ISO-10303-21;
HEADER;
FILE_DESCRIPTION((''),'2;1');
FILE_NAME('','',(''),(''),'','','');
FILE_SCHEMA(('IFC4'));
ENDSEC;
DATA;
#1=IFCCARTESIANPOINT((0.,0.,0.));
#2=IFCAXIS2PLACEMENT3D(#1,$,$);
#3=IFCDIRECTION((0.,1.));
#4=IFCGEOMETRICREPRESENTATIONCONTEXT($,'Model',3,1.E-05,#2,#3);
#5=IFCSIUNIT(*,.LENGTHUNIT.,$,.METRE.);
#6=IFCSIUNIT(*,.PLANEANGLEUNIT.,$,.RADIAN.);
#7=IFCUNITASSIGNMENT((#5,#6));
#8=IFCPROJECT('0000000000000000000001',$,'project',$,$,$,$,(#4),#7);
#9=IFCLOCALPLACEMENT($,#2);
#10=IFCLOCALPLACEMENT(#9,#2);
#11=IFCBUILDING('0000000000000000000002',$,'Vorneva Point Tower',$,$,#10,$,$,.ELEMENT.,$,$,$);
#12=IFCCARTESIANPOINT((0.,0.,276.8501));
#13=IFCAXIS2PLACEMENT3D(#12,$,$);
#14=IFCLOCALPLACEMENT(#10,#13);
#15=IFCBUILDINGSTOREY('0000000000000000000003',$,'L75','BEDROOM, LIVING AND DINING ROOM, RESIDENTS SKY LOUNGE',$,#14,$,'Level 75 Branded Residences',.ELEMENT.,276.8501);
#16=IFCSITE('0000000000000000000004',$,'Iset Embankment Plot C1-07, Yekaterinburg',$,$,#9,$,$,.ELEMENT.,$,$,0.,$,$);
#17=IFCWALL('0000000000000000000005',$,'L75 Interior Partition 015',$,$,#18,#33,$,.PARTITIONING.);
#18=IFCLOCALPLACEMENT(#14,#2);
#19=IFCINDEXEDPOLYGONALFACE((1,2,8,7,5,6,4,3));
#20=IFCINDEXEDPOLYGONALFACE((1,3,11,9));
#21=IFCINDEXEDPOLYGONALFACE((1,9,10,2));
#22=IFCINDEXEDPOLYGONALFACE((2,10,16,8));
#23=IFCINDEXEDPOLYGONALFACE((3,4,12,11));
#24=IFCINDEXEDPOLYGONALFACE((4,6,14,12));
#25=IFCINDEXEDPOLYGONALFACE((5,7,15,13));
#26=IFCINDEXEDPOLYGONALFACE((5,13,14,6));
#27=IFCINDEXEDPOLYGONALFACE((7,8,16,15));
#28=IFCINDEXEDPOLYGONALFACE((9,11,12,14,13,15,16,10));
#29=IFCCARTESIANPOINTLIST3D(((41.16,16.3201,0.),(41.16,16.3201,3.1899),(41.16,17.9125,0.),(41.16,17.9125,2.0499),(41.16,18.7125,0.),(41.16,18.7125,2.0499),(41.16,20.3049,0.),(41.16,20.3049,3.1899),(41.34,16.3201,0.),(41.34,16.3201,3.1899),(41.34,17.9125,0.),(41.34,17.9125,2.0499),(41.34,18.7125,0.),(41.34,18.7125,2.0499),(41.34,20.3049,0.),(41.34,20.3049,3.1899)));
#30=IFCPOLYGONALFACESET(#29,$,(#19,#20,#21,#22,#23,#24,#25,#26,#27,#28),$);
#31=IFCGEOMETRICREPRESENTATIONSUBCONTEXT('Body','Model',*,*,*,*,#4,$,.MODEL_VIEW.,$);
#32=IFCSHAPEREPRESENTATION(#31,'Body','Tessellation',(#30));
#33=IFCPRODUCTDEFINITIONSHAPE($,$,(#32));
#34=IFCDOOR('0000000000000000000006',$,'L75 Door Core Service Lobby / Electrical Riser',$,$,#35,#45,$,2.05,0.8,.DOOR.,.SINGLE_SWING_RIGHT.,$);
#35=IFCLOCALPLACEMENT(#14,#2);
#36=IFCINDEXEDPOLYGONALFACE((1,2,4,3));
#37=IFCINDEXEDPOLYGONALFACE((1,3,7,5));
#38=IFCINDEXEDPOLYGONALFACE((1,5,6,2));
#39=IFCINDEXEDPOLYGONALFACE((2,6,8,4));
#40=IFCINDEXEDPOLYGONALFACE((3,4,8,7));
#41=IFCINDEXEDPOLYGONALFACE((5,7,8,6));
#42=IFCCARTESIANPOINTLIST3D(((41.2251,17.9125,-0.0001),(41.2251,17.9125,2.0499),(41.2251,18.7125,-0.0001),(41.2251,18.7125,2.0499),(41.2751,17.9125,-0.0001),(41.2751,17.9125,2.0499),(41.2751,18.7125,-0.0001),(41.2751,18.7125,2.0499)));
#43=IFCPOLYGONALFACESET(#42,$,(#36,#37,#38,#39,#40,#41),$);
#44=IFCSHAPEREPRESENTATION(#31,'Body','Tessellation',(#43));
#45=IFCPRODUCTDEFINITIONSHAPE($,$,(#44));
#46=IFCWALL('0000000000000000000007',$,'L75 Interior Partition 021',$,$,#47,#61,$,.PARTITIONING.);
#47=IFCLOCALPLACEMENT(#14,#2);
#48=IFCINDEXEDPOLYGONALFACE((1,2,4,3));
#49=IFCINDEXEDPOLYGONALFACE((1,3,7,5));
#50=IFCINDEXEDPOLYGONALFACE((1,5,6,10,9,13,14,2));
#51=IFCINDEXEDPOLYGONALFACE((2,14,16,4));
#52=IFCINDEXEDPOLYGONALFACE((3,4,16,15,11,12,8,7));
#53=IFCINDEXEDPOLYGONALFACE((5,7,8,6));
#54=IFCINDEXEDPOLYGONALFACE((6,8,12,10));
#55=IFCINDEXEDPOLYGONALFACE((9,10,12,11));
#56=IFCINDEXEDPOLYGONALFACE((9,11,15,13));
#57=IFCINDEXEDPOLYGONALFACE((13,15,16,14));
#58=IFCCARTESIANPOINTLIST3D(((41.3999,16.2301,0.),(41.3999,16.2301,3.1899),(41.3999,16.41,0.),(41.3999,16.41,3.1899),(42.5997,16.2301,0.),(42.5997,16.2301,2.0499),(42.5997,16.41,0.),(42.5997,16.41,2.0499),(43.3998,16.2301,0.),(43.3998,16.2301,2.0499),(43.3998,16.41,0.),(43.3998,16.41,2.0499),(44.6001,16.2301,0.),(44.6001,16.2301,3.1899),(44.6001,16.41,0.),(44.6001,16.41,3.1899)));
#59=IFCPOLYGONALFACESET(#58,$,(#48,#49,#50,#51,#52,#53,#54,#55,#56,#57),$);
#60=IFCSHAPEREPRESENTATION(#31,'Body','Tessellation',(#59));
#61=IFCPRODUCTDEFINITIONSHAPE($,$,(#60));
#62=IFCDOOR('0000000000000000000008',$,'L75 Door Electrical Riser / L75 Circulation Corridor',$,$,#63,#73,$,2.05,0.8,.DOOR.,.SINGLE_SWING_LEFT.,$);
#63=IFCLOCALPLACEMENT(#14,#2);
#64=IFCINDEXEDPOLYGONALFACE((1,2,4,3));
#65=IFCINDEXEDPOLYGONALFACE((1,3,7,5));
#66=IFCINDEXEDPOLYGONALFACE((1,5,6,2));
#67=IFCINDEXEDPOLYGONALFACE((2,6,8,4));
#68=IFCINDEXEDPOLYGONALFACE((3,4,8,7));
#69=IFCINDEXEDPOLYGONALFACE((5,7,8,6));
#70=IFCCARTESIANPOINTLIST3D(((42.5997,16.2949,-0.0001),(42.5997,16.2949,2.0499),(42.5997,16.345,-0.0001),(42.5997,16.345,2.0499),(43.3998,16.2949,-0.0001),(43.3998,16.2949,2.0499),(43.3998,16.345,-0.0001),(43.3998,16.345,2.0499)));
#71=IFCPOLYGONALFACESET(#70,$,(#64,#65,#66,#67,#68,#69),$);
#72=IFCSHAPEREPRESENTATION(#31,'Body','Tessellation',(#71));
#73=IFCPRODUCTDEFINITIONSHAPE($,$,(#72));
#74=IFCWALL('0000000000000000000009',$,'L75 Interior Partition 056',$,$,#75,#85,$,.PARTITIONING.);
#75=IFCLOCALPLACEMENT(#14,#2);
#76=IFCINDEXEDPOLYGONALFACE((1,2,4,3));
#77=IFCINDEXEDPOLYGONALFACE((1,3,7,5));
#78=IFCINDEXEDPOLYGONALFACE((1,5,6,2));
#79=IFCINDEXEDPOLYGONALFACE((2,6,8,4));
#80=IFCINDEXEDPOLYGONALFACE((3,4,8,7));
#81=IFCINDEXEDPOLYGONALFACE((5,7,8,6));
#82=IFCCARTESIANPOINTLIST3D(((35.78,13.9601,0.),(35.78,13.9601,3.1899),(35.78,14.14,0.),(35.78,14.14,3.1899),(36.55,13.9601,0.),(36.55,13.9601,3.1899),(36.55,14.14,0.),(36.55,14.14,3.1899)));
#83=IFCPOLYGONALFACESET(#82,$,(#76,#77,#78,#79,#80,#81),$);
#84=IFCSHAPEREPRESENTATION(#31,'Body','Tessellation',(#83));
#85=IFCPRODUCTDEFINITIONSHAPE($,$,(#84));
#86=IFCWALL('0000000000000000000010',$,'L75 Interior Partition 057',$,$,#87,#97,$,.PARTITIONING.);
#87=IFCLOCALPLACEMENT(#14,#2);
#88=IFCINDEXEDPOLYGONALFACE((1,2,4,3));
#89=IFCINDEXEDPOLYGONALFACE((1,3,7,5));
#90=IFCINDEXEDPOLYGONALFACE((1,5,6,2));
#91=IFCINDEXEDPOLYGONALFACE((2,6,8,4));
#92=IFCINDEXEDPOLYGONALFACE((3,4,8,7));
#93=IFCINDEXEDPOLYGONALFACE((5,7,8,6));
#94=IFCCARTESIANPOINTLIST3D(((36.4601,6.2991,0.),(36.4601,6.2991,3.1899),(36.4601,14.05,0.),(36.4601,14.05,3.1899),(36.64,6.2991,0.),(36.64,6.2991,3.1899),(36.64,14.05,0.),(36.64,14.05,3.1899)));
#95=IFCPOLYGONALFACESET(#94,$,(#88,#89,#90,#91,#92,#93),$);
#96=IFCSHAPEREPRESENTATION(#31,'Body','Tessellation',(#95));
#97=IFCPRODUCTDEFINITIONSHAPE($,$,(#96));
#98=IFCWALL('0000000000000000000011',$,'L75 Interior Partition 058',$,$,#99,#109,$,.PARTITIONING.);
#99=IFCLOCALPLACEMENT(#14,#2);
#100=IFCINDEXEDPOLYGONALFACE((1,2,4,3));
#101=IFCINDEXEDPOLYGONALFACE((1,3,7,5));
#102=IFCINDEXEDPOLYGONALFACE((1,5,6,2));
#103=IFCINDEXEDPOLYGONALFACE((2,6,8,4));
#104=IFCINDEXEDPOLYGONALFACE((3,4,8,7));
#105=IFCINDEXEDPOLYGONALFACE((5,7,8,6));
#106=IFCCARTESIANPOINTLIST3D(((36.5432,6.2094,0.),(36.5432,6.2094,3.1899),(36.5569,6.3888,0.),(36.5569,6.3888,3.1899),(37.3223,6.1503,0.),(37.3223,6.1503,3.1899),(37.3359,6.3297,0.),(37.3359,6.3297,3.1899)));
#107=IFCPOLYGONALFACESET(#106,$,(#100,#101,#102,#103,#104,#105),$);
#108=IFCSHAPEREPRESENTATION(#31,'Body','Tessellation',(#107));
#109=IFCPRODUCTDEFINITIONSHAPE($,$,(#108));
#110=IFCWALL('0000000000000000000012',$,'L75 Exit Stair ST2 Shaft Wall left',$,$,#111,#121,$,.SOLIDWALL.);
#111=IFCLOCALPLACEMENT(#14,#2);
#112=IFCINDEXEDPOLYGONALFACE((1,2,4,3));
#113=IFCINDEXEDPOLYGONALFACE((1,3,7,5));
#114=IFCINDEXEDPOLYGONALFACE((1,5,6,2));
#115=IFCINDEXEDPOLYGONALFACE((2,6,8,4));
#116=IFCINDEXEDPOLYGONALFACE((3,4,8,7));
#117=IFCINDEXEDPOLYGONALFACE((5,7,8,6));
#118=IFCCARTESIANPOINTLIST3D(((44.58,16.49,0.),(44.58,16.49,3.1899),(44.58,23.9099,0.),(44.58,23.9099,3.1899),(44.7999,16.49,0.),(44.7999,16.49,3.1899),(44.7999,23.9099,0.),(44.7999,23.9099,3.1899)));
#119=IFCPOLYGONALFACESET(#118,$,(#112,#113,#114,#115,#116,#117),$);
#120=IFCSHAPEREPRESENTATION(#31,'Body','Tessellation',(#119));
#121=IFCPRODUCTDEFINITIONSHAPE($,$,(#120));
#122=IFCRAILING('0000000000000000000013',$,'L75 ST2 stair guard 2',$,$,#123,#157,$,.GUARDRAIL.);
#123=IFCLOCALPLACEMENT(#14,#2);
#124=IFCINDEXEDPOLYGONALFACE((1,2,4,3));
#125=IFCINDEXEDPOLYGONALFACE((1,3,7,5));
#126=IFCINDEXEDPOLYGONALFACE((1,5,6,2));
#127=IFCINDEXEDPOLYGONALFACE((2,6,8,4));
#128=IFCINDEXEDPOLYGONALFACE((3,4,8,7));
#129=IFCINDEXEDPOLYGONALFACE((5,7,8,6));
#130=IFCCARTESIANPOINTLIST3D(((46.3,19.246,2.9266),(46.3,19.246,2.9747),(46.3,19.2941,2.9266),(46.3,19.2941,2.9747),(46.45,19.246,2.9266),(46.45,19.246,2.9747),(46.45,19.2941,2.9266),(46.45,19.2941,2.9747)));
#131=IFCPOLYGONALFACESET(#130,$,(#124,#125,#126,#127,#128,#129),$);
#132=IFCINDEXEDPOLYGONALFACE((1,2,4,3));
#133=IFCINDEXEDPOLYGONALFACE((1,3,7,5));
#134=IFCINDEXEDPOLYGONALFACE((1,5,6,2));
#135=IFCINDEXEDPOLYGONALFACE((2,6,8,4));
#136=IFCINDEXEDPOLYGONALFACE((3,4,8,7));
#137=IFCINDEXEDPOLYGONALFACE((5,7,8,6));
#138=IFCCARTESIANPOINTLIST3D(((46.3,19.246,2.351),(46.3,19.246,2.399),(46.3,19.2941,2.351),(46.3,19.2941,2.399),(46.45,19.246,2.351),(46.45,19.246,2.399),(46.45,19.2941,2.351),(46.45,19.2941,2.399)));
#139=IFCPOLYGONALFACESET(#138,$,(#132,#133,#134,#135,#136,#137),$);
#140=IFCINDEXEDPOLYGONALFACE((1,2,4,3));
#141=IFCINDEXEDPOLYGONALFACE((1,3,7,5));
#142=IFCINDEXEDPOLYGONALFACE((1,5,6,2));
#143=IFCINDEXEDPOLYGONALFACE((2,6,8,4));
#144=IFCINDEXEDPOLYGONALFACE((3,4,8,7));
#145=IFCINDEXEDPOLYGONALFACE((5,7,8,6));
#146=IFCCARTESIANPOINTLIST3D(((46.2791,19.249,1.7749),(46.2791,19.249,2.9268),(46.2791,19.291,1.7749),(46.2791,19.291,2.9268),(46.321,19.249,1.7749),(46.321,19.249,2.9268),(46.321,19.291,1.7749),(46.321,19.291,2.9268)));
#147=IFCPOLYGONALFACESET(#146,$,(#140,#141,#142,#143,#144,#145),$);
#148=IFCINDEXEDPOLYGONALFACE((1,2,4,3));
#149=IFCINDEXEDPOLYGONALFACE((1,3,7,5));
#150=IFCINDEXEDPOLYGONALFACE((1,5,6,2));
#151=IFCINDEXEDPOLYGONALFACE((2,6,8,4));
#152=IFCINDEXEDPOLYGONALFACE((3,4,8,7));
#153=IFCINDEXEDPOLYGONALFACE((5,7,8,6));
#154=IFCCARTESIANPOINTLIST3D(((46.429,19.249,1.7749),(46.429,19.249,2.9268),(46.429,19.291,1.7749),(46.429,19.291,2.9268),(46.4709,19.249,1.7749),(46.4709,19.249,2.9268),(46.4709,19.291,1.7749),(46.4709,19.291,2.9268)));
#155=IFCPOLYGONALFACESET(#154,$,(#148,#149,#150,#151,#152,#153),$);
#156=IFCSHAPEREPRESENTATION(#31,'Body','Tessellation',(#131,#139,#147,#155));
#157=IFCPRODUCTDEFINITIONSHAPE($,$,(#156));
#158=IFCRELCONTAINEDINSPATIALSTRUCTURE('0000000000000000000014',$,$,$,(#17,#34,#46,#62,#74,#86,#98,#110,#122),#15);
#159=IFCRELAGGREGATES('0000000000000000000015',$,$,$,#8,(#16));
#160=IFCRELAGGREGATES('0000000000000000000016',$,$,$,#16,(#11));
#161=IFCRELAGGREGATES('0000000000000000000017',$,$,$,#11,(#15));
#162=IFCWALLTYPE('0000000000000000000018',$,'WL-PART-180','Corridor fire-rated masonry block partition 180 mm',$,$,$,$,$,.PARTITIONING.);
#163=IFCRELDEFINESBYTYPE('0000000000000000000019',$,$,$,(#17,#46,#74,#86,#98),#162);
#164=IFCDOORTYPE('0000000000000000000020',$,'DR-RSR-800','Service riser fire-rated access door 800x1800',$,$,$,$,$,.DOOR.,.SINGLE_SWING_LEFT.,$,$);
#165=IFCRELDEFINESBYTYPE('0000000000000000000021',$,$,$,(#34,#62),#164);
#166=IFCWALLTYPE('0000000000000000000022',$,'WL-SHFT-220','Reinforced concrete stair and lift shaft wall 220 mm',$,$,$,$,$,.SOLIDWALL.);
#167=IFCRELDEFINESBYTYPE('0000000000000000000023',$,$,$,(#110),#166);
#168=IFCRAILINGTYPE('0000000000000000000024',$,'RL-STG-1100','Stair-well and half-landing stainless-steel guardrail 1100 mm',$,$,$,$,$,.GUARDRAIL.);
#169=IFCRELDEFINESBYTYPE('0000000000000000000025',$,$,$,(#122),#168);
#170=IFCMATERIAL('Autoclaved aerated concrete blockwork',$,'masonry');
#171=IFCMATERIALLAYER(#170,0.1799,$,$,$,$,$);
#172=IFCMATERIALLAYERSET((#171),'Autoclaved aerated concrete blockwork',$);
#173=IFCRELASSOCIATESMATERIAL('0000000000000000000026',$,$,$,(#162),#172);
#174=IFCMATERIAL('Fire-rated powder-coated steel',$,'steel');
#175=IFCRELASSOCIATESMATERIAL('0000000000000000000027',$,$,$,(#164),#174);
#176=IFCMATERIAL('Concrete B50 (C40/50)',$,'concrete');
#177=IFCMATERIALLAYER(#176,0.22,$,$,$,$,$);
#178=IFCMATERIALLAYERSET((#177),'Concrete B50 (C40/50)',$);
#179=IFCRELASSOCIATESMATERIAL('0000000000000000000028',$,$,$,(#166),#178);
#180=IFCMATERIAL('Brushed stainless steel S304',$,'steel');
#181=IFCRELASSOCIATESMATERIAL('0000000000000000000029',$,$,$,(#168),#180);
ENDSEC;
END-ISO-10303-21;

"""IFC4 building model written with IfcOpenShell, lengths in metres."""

from ifc_helpers import new_model, si_unit, direction, frame, frame_2d, origin, origin_2d, place, context, subcontext, project, spatial, rectangle, extrude, material, layer, layer_set, type_object, element, fill, save


model = new_model("IFC4")

# Units and contexts
model_context = context("Model", 3, precision=1e-05, world=origin(), true_north=direction((0.0, 1.0)))
body_context = subcontext(model_context, "Body", "Model", "MODEL_VIEW")
ifc_project = project(units=[si_unit("LENGTHUNIT", "METRE"), si_unit("PLANEANGLEUNIT", "RADIAN")], contexts=[model_context])

# Site, building, storey
site_placement = place(None, origin())
site = spatial("IfcSite", under=ifc_project, at=site_placement, Name="Iset Embankment Plot C1-07, Yekaterinburg", CompositionType="ELEMENT", RefElevation=0.0)
building_placement = place(site_placement, origin())
building = spatial("IfcBuilding", under=site, at=building_placement, Name="Vorneva Point Tower", CompositionType="ELEMENT")
storey_placement = place(building_placement, frame((0.0, 0.0, 276.8501)))
storey = spatial("IfcBuildingStorey", under=building, at=storey_placement, Name="L75", Description="BEDROOM, LIVING AND DINING ROOM, RESIDENTS SKY LOUNGE", LongName="Level 75 Branded Residences", CompositionType="ELEMENT", Elevation=276.8501)

# Shared definitions
ifc_material_1 = material(Name="Concrete B50 (C40/50)", Category="concrete")

# Walls, openings, doors
ifc_material_2 = material(Name="Autoclaved aerated concrete blockwork", Category="masonry")
ifc_layer_1 = layer(ifc_material_2, 0.1799)
ifc_layer_set_1 = layer_set([ifc_layer_1], Name="Autoclaved aerated concrete blockwork")
wall_type_1 = type_object("IfcWallType", Name="WL-PART-180", Description="Corridor fire-rated masonry block partition 180 mm", PredefinedType="PARTITIONING", material=ifc_layer_set_1)
wall_1_placement = place(storey_placement, frame((41.25, 16.3201, 0.0), z_axis=(0.0, 0.0, 1.0), x_axis=(0.0, 1.0, 0.0)))
wall_1 = element("IfcWall", 1, at=wall_1_placement, inside=storey, type_object=wall_type_1, Name="L75 Interior Partition 015", PredefinedType="PARTITIONING", context=body_context, shape_type="SweptSolid", body=[
    extrude(rectangle(XDim=3.9849, YDim=0.1799, at=frame_2d((1.9924, 0.0))), origin(), (0.0, 0.0, 1.0), 3.1899),
])
opening_1_placement = place(wall_1_placement, frame((1.5925, 0.0, 0.0)))
opening_1 = element("IfcOpeningElement", 2, at=opening_1_placement, cuts=wall_1, PredefinedType="OPENING", context=body_context, shape_type="SweptSolid", body=[
    extrude(rectangle(XDim=0.8, YDim=2.05, at=frame_2d((0.3999, 1.0249))), frame((0.0, 0.105, 0.0), z_axis=(0.0, -1.0, 0.0), x_axis=(1.0, 0.0, 0.0)), (0.0, 0.0, 1.0), 0.2097),
])
ifc_material_3 = material(Name="Fire-rated powder-coated steel", Category="steel")
door_type_1 = type_object("IfcDoorType", Name="DR-RSR-800", Description="Service riser fire-rated access door 800x1800", OperationType="SINGLE_SWING_LEFT", PredefinedType="DOOR", material=ifc_material_3)
door_1_placement = place(opening_1_placement, origin())
door_1 = element("IfcDoor", 3, at=door_1_placement, inside=storey, type_object=door_type_1, Name="L75 Door Core Service Lobby / Electrical Riser", OperationType="SINGLE_SWING_RIGHT", OverallHeight=2.05, OverallWidth=0.8, PredefinedType="DOOR", context=body_context, shape_type="SweptSolid", body=[
    extrude(rectangle(XDim=0.8, YDim=2.05, at=frame_2d((0.3999, 1.0249))), frame((0.0, 0.0249, 0.0), z_axis=(0.0, -1.0, 0.0), x_axis=(1.0, 0.0, 0.0)), (0.0, 0.0, 1.0), 0.05),
])
fill(opening_1, door_1)
wall_2_placement = place(storey_placement, frame((41.3999, 16.3201, 0.0), z_axis=(0.0, 0.0, 1.0), x_axis=(1.0, 0.0, 0.0)))
wall_2 = element("IfcWall", 4, at=wall_2_placement, inside=storey, type_object=wall_type_1, Name="L75 Interior Partition 021", PredefinedType="PARTITIONING", context=body_context, shape_type="SweptSolid", body=[
    extrude(rectangle(XDim=3.2002, YDim=0.1799, at=frame_2d((1.6001, 0.0))), origin(), (0.0, 0.0, 1.0), 3.1899),
])
opening_2_placement = place(wall_2_placement, frame((1.2, 0.0, 0.0)))
opening_2 = element("IfcOpeningElement", 5, at=opening_2_placement, cuts=wall_2, PredefinedType="OPENING", context=body_context, shape_type="SweptSolid", body=[
    extrude(rectangle(XDim=0.8, YDim=2.05, at=frame_2d((0.3999, 1.0249))), frame((0.0, 0.105, 0.0), z_axis=(0.0, -1.0, 0.0), x_axis=(1.0, 0.0, 0.0)), (0.0, 0.0, 1.0), 0.2097),
])
door_2_placement = place(opening_2_placement, origin())
door_2 = element("IfcDoor", 6, at=door_2_placement, inside=storey, type_object=door_type_1, Name="L75 Door Electrical Riser / L75 Circulation Corridor", OperationType="SINGLE_SWING_LEFT", OverallHeight=2.05, OverallWidth=0.8, PredefinedType="DOOR", context=body_context, shape_type="SweptSolid", body=[
    extrude(rectangle(XDim=0.8, YDim=2.05, at=frame_2d((0.3999, 1.0249))), frame((0.0, 0.0249, 0.0), z_axis=(0.0, -1.0, 0.0), x_axis=(1.0, 0.0, 0.0)), (0.0, 0.0, 1.0), 0.05),
])
fill(opening_2, door_2)

# Walls
wall_3_placement = place(storey_placement, frame((35.78, 14.05, 0.0), z_axis=(0.0, 0.0, 1.0), x_axis=(1.0, 0.0, 0.0)))
element("IfcWall", 7, at=wall_3_placement, inside=storey, type_object=wall_type_1, Name="L75 Interior Partition 056", PredefinedType="PARTITIONING", context=body_context, shape_type="SweptSolid", body=[
    extrude(rectangle(XDim=0.77, YDim=0.1799, at=frame_2d((0.385, 0.0))), origin(), (0.0, 0.0, 1.0), 3.1899),
])
wall_4_placement = place(storey_placement, frame((36.55, 14.05, 0.0), z_axis=(0.0, 0.0, 1.0), x_axis=(0.0, -1.0, 0.0)))
element("IfcWall", 8, at=wall_4_placement, inside=storey, type_object=wall_type_1, Name="L75 Interior Partition 057", PredefinedType="PARTITIONING", context=body_context, shape_type="SweptSolid", body=[
    extrude(rectangle(XDim=7.751, YDim=0.1799, at=frame_2d((3.8755, 0.0))), origin(), (0.0, 0.0, 1.0), 3.1899),
])
wall_5_placement = place(storey_placement, frame((36.55, 6.2991, 0.0), z_axis=(0.0, 0.0, 1.0), x_axis=(0.997137, -0.075621, 0.0)))
element("IfcWall", 9, at=wall_5_placement, inside=storey, type_object=wall_type_1, Name="L75 Interior Partition 058", PredefinedType="PARTITIONING", context=body_context, shape_type="SweptSolid", body=[
    extrude(rectangle(XDim=0.7812, YDim=0.1799, at=frame_2d((0.3906, 0.0))), origin(), (0.0, 0.0, 1.0), 3.1899),
])
ifc_layer_2 = layer(ifc_material_1, 0.22)
ifc_layer_set_2 = layer_set([ifc_layer_2], Name="Concrete B50 (C40/50)")
wall_type_2 = type_object("IfcWallType", Name="WL-SHFT-220", Description="Reinforced concrete stair and lift shaft wall 220 mm", PredefinedType="SOLIDWALL", material=ifc_layer_set_2)
wall_6_placement = place(storey_placement, frame((44.6899, 16.49, 0.0), z_axis=(0.0, 0.0, 1.0), x_axis=(0.0, 1.0, 0.0)))
element("IfcWall", 10, at=wall_6_placement, inside=storey, type_object=wall_type_2, Name="L75 Exit Stair ST2 Shaft Wall left", PredefinedType="SOLIDWALL", context=body_context, shape_type="SweptSolid", body=[
    extrude(rectangle(XDim=7.4199, YDim=0.22, at=frame_2d((3.71, 0.0))), origin(), (0.0, 0.0, 1.0), 3.1899),
])

# Railing
ifc_material_4 = material(Name="Brushed stainless steel S304", Category="steel")
railing_type_1 = type_object("IfcRailingType", Name="RL-STG-1100", Description="Stair-well and half-landing stainless-steel guardrail 1100 mm", PredefinedType="GUARDRAIL", material=ifc_material_4)
railing_1_placement = place(storey_placement, frame((46.3, 19.27, 1.7749)))
element("IfcRailing", 11, at=railing_1_placement, inside=storey, type_object=railing_type_1, Name="L75 ST2 stair guard 2", PredefinedType="GUARDRAIL", context=body_context, shape_type="SweptSolid", body=[
    extrude(rectangle(XDim=0.0481, YDim=0.0481, at=origin_2d()), frame((0.0, 0.0, 1.1758), z_axis=(1.0, 0.0, 0.0), x_axis=(0.0, 1.0, 0.0)), (0.0, 0.0, 1.0), 0.1499),
    extrude(rectangle(XDim=0.0481, YDim=0.0481, at=origin_2d()), frame((0.0, 0.0, 0.6001), z_axis=(1.0, 0.0, 0.0), x_axis=(0.0, 1.0, 0.0)), (0.0, 0.0, 1.0), 0.1499),
    extrude(rectangle(XDim=0.042, YDim=0.042, at=origin_2d()), origin(), (0.0, 0.0, 1.0), 1.1519),
    extrude(rectangle(XDim=0.042, YDim=0.042, at=origin_2d()), frame((0.1499, 0.0, 0.0)), (0.0, 0.0, 1.0), 1.1519),
])

save(model, "model.ifc")
